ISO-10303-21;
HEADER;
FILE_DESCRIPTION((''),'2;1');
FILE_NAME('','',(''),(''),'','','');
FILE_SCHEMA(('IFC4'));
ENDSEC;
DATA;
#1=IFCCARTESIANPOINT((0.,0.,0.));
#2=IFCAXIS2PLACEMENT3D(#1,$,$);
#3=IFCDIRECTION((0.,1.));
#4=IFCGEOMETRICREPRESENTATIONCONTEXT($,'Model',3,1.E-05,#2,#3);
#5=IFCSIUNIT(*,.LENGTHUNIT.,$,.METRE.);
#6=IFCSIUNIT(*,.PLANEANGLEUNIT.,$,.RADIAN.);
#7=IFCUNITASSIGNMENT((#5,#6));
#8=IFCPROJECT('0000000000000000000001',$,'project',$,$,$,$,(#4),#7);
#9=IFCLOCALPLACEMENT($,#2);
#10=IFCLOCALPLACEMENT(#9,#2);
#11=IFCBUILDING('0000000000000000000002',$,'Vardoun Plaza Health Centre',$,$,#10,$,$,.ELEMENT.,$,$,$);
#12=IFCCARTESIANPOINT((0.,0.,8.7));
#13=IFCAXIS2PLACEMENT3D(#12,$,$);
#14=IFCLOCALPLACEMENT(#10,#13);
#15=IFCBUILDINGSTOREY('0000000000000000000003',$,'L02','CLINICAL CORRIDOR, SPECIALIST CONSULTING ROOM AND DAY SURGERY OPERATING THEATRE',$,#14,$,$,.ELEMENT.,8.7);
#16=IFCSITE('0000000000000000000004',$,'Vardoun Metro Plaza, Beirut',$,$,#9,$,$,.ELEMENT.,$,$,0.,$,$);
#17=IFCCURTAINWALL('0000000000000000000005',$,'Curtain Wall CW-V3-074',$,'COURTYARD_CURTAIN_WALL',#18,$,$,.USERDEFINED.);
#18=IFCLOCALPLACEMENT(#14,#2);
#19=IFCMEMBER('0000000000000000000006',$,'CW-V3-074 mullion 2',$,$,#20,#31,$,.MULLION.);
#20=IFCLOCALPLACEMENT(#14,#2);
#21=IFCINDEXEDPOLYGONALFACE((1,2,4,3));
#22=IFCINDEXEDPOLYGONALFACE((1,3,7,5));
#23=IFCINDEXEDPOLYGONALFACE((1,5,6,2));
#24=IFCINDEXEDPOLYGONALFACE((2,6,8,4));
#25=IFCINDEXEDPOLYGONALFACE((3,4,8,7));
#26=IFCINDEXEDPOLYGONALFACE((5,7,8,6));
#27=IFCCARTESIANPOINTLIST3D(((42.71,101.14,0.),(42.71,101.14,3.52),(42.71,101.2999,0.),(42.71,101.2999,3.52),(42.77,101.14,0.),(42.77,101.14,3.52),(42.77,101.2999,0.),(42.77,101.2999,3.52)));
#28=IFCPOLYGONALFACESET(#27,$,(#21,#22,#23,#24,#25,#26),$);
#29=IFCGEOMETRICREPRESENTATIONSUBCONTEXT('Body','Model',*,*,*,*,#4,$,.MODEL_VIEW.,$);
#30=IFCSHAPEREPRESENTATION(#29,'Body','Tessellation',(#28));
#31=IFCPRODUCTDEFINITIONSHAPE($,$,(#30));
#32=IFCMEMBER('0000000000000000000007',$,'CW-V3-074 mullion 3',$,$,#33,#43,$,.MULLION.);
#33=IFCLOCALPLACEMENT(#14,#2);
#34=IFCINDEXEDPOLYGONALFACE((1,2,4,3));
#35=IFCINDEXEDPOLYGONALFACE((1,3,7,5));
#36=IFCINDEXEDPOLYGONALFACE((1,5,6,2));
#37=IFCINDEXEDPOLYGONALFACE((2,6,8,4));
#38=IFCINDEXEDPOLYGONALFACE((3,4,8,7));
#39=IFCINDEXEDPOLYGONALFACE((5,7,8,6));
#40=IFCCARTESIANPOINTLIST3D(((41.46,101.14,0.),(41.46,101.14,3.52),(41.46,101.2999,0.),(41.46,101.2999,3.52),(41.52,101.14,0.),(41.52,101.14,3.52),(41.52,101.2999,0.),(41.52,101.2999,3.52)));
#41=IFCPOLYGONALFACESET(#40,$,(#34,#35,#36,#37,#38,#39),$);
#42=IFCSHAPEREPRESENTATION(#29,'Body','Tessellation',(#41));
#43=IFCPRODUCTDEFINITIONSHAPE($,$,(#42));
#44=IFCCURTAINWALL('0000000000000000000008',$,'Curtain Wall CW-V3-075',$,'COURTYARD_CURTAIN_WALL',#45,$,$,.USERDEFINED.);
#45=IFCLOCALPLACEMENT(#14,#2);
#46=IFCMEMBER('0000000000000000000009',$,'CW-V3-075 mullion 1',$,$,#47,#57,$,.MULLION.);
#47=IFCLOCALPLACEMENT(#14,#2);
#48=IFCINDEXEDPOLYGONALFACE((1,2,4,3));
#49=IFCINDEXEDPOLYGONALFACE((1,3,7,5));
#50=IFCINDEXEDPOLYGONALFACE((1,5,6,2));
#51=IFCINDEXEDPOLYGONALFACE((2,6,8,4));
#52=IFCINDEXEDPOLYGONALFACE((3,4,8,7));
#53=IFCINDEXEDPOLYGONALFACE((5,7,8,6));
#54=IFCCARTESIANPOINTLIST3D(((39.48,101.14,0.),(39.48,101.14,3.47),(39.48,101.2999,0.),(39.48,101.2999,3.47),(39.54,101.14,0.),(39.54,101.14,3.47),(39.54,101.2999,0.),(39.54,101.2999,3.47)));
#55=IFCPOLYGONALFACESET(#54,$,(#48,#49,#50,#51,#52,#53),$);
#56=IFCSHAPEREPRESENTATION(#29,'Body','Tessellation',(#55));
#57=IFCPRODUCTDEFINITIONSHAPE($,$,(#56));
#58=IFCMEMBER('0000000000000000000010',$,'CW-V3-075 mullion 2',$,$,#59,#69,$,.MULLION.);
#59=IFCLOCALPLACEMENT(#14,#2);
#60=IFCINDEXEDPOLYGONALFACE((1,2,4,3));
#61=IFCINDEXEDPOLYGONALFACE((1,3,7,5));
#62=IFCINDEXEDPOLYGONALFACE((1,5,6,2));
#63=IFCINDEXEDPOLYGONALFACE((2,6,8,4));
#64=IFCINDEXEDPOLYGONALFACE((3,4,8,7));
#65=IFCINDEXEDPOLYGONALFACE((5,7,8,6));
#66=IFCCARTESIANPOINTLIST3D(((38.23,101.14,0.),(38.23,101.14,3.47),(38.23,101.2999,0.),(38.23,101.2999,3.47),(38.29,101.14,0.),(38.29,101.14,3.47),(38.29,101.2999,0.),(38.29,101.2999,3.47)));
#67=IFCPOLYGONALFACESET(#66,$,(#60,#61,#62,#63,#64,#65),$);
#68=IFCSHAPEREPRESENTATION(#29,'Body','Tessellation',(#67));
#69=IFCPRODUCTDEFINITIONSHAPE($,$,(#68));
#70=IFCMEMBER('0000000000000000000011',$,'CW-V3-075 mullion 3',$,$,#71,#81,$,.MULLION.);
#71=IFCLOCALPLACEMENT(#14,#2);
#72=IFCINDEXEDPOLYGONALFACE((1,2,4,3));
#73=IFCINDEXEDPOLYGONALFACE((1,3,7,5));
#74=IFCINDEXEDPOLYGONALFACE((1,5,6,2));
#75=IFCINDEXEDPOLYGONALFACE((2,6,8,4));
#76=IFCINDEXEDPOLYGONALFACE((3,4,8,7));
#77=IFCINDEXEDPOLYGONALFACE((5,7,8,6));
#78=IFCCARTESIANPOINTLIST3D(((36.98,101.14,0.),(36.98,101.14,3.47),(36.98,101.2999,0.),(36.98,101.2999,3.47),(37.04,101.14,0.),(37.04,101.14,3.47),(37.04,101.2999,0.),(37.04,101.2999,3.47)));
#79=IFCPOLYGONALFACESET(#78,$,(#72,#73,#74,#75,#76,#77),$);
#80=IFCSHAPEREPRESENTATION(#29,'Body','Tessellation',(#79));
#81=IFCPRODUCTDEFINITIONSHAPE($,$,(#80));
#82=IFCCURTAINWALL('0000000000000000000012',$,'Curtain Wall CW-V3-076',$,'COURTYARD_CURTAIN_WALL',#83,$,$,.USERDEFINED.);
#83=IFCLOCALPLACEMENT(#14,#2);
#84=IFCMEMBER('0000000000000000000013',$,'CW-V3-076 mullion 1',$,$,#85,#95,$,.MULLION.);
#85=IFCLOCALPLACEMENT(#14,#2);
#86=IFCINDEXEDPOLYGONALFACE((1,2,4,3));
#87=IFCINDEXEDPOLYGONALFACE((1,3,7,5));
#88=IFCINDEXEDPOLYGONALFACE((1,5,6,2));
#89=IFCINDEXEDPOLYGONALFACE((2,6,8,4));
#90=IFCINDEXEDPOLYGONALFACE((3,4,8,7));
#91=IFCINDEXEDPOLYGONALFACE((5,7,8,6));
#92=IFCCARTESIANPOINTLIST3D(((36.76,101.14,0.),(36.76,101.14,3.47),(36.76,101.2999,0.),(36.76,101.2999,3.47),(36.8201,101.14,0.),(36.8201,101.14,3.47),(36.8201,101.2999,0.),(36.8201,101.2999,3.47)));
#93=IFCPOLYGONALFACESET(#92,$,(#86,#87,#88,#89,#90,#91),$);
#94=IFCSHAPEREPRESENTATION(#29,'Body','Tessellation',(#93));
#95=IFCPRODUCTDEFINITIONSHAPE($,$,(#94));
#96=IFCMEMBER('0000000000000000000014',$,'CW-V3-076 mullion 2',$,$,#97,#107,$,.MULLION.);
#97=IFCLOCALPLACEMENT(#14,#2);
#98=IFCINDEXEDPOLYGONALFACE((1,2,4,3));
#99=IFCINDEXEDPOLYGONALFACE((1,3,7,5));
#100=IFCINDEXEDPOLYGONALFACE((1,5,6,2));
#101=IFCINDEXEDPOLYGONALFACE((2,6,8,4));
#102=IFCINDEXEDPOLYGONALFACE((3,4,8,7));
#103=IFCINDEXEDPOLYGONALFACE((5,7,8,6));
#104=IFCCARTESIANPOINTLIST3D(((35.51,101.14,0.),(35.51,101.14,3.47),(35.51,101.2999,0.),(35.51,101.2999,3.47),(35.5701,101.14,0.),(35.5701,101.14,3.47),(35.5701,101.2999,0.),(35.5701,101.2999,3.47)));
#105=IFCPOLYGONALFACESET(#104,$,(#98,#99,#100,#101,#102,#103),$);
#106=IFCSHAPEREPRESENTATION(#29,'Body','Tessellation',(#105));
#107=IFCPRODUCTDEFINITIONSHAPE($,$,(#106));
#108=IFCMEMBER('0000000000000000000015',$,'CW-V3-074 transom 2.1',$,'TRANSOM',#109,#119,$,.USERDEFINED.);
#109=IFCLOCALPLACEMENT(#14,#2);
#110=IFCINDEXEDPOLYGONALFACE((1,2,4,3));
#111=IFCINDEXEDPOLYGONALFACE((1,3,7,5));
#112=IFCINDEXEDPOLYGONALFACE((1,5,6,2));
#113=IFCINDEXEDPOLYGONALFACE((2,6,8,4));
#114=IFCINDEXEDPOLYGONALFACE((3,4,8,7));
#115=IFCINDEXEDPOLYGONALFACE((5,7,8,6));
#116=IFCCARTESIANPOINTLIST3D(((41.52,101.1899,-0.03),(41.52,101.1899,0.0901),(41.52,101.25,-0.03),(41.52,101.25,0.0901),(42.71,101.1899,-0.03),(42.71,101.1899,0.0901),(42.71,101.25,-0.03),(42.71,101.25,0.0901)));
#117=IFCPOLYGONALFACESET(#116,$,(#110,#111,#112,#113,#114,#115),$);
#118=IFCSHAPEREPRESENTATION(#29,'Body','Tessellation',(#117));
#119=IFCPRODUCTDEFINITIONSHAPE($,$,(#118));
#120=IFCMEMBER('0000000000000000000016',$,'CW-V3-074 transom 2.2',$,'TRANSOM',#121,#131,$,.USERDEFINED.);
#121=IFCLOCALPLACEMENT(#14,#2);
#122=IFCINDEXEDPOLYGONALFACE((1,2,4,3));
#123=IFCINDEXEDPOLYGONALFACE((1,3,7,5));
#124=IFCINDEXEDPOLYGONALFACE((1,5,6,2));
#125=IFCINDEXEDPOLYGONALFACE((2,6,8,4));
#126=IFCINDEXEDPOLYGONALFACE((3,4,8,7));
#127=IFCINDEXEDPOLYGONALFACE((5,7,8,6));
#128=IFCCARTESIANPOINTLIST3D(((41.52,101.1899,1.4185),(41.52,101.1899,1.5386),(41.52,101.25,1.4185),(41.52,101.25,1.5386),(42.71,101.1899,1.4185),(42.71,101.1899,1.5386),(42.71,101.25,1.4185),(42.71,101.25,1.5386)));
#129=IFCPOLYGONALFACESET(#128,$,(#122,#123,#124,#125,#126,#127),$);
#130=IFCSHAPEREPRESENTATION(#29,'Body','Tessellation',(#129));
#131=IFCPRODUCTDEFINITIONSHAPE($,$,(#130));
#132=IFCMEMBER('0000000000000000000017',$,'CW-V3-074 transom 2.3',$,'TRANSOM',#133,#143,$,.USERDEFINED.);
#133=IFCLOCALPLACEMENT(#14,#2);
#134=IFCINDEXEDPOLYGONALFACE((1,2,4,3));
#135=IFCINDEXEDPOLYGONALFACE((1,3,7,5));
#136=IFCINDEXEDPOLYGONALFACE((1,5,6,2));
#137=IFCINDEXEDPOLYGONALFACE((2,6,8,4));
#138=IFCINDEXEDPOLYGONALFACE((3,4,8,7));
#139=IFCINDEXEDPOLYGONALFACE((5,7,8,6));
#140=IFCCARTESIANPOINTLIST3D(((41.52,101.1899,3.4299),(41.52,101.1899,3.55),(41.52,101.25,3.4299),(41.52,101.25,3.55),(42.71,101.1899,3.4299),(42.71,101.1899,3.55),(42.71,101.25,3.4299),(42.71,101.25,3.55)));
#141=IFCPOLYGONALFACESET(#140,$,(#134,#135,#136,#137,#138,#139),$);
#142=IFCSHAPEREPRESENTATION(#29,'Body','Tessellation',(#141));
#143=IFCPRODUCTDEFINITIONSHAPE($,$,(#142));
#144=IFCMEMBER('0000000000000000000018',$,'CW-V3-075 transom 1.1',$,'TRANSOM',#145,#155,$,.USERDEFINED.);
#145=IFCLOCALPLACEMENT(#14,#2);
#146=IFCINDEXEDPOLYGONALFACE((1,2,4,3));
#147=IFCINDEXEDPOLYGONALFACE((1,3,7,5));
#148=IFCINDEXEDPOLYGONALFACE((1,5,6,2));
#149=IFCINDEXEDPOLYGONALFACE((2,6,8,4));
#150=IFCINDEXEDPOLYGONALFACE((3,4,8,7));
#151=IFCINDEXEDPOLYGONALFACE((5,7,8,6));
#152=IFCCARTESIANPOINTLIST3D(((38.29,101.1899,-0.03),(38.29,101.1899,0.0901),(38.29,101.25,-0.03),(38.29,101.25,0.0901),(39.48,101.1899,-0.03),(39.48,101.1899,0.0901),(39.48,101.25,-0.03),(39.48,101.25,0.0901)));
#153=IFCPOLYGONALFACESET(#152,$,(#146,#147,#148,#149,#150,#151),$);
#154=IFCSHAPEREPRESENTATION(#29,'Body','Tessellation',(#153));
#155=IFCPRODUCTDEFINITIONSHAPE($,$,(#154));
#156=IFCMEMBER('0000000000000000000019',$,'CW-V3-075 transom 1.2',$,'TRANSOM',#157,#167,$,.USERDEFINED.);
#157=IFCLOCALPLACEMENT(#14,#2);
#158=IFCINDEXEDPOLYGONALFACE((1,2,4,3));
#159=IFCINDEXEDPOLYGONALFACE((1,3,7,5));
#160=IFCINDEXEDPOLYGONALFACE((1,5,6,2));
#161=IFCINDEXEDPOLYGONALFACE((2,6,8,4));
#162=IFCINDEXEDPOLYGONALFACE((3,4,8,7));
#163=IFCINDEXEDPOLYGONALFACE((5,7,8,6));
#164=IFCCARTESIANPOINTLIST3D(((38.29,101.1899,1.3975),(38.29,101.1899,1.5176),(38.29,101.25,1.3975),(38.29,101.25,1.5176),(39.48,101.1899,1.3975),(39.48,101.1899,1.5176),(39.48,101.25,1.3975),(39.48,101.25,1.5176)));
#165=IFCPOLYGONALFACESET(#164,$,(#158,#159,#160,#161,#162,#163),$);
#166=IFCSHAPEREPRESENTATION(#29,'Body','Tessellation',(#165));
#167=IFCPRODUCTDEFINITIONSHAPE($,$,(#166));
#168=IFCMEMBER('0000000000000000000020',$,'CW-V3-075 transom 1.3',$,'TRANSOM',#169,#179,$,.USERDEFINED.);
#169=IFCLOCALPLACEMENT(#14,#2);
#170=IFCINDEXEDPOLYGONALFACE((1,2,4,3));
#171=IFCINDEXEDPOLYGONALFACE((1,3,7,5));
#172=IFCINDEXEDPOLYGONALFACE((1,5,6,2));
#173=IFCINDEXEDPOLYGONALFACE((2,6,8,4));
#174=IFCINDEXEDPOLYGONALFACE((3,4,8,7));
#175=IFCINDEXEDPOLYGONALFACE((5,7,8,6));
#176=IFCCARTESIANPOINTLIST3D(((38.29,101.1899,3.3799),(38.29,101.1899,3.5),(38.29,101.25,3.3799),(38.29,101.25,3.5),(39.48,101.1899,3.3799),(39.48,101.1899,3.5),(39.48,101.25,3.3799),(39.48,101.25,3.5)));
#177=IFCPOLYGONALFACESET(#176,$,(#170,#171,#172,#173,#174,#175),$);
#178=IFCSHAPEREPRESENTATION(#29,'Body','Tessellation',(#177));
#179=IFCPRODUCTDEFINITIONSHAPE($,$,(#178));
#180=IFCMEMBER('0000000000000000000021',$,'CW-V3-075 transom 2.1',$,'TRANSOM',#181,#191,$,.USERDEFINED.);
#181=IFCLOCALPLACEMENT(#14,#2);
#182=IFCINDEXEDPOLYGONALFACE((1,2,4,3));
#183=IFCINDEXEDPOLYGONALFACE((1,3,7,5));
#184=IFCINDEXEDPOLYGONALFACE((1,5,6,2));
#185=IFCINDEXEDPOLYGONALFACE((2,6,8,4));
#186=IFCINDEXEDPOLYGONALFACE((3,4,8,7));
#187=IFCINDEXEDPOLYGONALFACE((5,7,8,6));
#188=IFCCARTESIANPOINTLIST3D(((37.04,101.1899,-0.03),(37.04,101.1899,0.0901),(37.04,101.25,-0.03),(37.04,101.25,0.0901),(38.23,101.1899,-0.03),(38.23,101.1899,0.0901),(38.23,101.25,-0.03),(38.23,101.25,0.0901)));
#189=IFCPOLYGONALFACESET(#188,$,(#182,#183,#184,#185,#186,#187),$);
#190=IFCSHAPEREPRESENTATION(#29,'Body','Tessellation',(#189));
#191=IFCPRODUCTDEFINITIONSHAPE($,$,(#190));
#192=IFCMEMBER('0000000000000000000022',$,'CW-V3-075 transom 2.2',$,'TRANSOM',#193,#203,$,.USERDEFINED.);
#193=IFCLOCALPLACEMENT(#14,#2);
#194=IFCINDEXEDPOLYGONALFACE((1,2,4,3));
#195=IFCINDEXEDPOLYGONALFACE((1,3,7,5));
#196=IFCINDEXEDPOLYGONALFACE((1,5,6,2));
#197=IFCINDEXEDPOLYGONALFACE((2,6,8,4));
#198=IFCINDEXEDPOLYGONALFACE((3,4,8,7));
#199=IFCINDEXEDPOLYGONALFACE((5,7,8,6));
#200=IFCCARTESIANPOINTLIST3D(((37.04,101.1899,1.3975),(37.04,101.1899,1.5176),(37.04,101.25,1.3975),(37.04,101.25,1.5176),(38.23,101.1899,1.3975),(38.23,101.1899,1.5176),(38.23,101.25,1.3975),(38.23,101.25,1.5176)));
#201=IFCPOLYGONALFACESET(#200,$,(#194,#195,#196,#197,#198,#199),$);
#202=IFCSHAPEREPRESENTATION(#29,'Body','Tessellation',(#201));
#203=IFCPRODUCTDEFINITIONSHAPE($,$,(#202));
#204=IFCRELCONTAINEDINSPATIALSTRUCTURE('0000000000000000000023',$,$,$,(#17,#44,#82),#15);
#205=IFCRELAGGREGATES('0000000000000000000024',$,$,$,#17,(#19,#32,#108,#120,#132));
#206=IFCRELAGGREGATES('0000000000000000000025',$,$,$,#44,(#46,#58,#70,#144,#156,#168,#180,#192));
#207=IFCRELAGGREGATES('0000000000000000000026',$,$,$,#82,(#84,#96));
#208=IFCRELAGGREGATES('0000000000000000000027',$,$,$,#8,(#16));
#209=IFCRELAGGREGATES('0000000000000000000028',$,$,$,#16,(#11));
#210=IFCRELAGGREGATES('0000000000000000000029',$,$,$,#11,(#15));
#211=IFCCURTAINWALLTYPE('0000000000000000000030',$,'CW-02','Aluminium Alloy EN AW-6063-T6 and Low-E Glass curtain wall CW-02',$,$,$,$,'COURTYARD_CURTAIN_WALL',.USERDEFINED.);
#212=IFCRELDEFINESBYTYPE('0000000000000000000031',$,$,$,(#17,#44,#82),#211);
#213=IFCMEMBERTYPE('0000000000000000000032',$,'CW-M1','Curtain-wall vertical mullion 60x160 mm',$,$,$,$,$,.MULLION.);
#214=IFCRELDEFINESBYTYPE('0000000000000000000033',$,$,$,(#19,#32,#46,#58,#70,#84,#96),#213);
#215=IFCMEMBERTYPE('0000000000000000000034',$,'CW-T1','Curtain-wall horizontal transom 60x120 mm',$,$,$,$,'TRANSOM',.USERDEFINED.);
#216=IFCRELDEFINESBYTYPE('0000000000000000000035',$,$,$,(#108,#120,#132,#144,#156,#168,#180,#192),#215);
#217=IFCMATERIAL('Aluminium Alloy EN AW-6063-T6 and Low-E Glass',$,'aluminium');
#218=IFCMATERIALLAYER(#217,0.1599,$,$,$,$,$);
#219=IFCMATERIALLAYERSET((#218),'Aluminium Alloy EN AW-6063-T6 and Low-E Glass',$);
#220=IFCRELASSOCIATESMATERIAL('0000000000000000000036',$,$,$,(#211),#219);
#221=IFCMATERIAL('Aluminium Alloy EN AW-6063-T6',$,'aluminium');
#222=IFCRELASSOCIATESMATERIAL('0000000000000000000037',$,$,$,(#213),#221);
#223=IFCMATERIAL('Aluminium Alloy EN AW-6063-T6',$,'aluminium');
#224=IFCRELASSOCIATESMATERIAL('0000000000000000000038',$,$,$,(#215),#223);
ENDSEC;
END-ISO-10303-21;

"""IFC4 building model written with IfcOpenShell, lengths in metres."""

from ifc_helpers import new_model, si_unit, direction, frame, origin, origin_2d, place, context, subcontext, project, spatial, rectangle, extrude, material, layer, layer_set, material_profile, profile_set, type_object, element, aggregate, save


model = new_model("IFC4")

# Units and contexts
model_context = context("Model", 3, precision=1e-05, world=origin(), true_north=direction((0.0, 1.0)))
body_context = subcontext(model_context, "Body", "Model", "MODEL_VIEW")
ifc_project = project(units=[si_unit("LENGTHUNIT", "METRE"), si_unit("PLANEANGLEUNIT", "RADIAN")], contexts=[model_context])

# Site, building, storey
site_placement = place(None, origin())
site = spatial("IfcSite", under=ifc_project, at=site_placement, Name="Vardoun Metro Plaza, Beirut", CompositionType="ELEMENT", RefElevation=0.0)
building_placement = place(site_placement, origin())
building = spatial("IfcBuilding", under=site, at=building_placement, Name="Vardoun Plaza Health Centre", CompositionType="ELEMENT")
storey_placement = place(building_placement, frame((0.0, 0.0, 8.7)))
storey = spatial("IfcBuildingStorey", under=building, at=storey_placement, Name="L02", Description="CLINICAL CORRIDOR, SPECIALIST CONSULTING ROOM AND DAY SURGERY OPERATING THEATRE", CompositionType="ELEMENT", Elevation=8.7)

# Curtain walls, members
ifc_material_1 = material(Name="Aluminium Alloy EN AW-6063-T6 and Low-E Glass", Category="aluminium")
ifc_layer_1 = layer(ifc_material_1, 0.1599)
ifc_layer_set_1 = layer_set([ifc_layer_1], Name="Aluminium Alloy EN AW-6063-T6 and Low-E Glass")
curtain_wall_type = type_object("IfcCurtainWallType", Name="CW-02", Description="Aluminium Alloy EN AW-6063-T6 and Low-E Glass curtain wall CW-02", ElementType="COURTYARD_CURTAIN_WALL", PredefinedType="USERDEFINED", material=ifc_layer_set_1)
curtain_wall_1_placement = place(storey_placement, origin())
curtain_wall_1 = element("IfcCurtainWall", 1, at=curtain_wall_1_placement, inside=storey, type_object=curtain_wall_type, Name="Curtain Wall CW-V3-074", ObjectType="COURTYARD_CURTAIN_WALL", PredefinedType="USERDEFINED")
ifc_material_2 = material(Name="Aluminium Alloy EN AW-6063-T6", Category="aluminium")
ifc_material_profile_1 = material_profile(ifc_material_2, rectangle(XDim=0.1599, YDim=0.0601, at=origin_2d()), Name="CWM 60x160")
ifc_profile_set_1 = profile_set([ifc_material_profile_1], Name="Aluminium Alloy EN AW-6063-T6")
member_type_1 = type_object("IfcMemberType", Name="CW-M1", Description="Curtain-wall vertical mullion 60x160 mm", PredefinedType="MULLION", material=ifc_profile_set_1)
member_1_placement = place(storey_placement, frame((42.74, 101.22, 0.0), z_axis=(0.0, 0.0, 1.0), x_axis=(0.0, -1.0, 0.0)))
member_1 = element("IfcMember", 2, at=member_1_placement, type_object=member_type_1, Name="CW-V3-074 mullion 2", PredefinedType="MULLION", context=body_context, shape_type="SweptSolid", body=[
    extrude(rectangle(XDim=0.1599, YDim=0.0601, at=origin_2d()), origin(), (0.0, 0.0, 1.0), 3.52),
])
member_2_placement = place(storey_placement, frame((41.49, 101.22, 0.0), z_axis=(0.0, 0.0, 1.0), x_axis=(0.0, -1.0, 0.0)))
member_2 = element("IfcMember", 3, at=member_2_placement, type_object=member_type_1, Name="CW-V3-074 mullion 3", PredefinedType="MULLION", context=body_context, shape_type="SweptSolid", body=[
    extrude(rectangle(XDim=0.1599, YDim=0.0601, at=origin_2d()), origin(), (0.0, 0.0, 1.0), 3.52),
])
curtain_wall_2_placement = place(storey_placement, origin())
curtain_wall_2 = element("IfcCurtainWall", 4, at=curtain_wall_2_placement, inside=storey, type_object=curtain_wall_type, Name="Curtain Wall CW-V3-075", ObjectType="COURTYARD_CURTAIN_WALL", PredefinedType="USERDEFINED")
member_3_placement = place(storey_placement, frame((39.51, 101.22, 0.0), z_axis=(0.0, 0.0, 1.0), x_axis=(0.0, -1.0, 0.0)))
member_3 = element("IfcMember", 5, at=member_3_placement, type_object=member_type_1, Name="CW-V3-075 mullion 1", PredefinedType="MULLION", context=body_context, shape_type="SweptSolid", body=[
    extrude(rectangle(XDim=0.1599, YDim=0.0601, at=origin_2d()), origin(), (0.0, 0.0, 1.0), 3.47),
])
member_4_placement = place(storey_placement, frame((38.26, 101.22, 0.0), z_axis=(0.0, 0.0, 1.0), x_axis=(0.0, -1.0, 0.0)))
member_4 = element("IfcMember", 6, at=member_4_placement, type_object=member_type_1, Name="CW-V3-075 mullion 2", PredefinedType="MULLION", context=body_context, shape_type="SweptSolid", body=[
    extrude(rectangle(XDim=0.1599, YDim=0.0601, at=origin_2d()), origin(), (0.0, 0.0, 1.0), 3.47),
])
member_5_placement = place(storey_placement, frame((37.01, 101.22, 0.0), z_axis=(0.0, 0.0, 1.0), x_axis=(0.0, -1.0, 0.0)))
member_5 = element("IfcMember", 7, at=member_5_placement, type_object=member_type_1, Name="CW-V3-075 mullion 3", PredefinedType="MULLION", context=body_context, shape_type="SweptSolid", body=[
    extrude(rectangle(XDim=0.1599, YDim=0.0601, at=origin_2d()), origin(), (0.0, 0.0, 1.0), 3.47),
])
curtain_wall_3_placement = place(storey_placement, origin())
curtain_wall_3 = element("IfcCurtainWall", 8, at=curtain_wall_3_placement, inside=storey, type_object=curtain_wall_type, Name="Curtain Wall CW-V3-076", ObjectType="COURTYARD_CURTAIN_WALL", PredefinedType="USERDEFINED")
member_6_placement = place(storey_placement, frame((36.79, 101.22, 0.0), z_axis=(0.0, 0.0, 1.0), x_axis=(0.0, -1.0, 0.0)))
member_6 = element("IfcMember", 9, at=member_6_placement, type_object=member_type_1, Name="CW-V3-076 mullion 1", PredefinedType="MULLION", context=body_context, shape_type="SweptSolid", body=[
    extrude(rectangle(XDim=0.1599, YDim=0.0601, at=origin_2d()), origin(), (0.0, 0.0, 1.0), 3.47),
])
member_7_placement = place(storey_placement, frame((35.54, 101.22, 0.0), z_axis=(0.0, 0.0, 1.0), x_axis=(0.0, -1.0, 0.0)))
member_7 = element("IfcMember", 10, at=member_7_placement, type_object=member_type_1, Name="CW-V3-076 mullion 2", PredefinedType="MULLION", context=body_context, shape_type="SweptSolid", body=[
    extrude(rectangle(XDim=0.1599, YDim=0.0601, at=origin_2d()), origin(), (0.0, 0.0, 1.0), 3.47),
])

# Members
ifc_material_3 = material(Name="Aluminium Alloy EN AW-6063-T6", Category="aluminium")
ifc_material_profile_2 = material_profile(ifc_material_3, rectangle(XDim=0.0601, YDim=0.1201, at=origin_2d()), Name="CWT 60x120")
ifc_profile_set_2 = profile_set([ifc_material_profile_2], Name="Aluminium Alloy EN AW-6063-T6")
member_type_2 = type_object("IfcMemberType", Name="CW-T1", Description="Curtain-wall horizontal transom 60x120 mm", ElementType="TRANSOM", PredefinedType="USERDEFINED", material=ifc_profile_set_2)
member_8_placement = place(storey_placement, frame((42.71, 101.22, 0.03), z_axis=(-1.0, 0.0, 0.0), x_axis=(0.0, -1.0, 0.0)))
member_8 = element("IfcMember", 11, at=member_8_placement, type_object=member_type_2, Name="CW-V3-074 transom 2.1", ObjectType="TRANSOM", PredefinedType="USERDEFINED", context=body_context, shape_type="SweptSolid", body=[
    extrude(rectangle(XDim=0.0601, YDim=0.1201, at=origin_2d()), origin(), (0.0, 0.0, 1.0), 1.1899),
])
member_9_placement = place(storey_placement, frame((42.71, 101.22, 1.4785), z_axis=(-1.0, 0.0, 0.0), x_axis=(0.0, -1.0, 0.0)))
member_9 = element("IfcMember", 12, at=member_9_placement, type_object=member_type_2, Name="CW-V3-074 transom 2.2", ObjectType="TRANSOM", PredefinedType="USERDEFINED", context=body_context, shape_type="SweptSolid", body=[
    extrude(rectangle(XDim=0.0601, YDim=0.1201, at=origin_2d()), origin(), (0.0, 0.0, 1.0), 1.1899),
])
member_10_placement = place(storey_placement, frame((42.71, 101.22, 3.49), z_axis=(-1.0, 0.0, 0.0), x_axis=(0.0, -1.0, 0.0)))
member_10 = element("IfcMember", 13, at=member_10_placement, type_object=member_type_2, Name="CW-V3-074 transom 2.3", ObjectType="TRANSOM", PredefinedType="USERDEFINED", context=body_context, shape_type="SweptSolid", body=[
    extrude(rectangle(XDim=0.0601, YDim=0.1201, at=origin_2d()), origin(), (0.0, 0.0, 1.0), 1.1899),
])
member_11_placement = place(storey_placement, frame((39.48, 101.22, 0.03), z_axis=(-1.0, 0.0, 0.0), x_axis=(0.0, -1.0, 0.0)))
member_11 = element("IfcMember", 14, at=member_11_placement, type_object=member_type_2, Name="CW-V3-075 transom 1.1", ObjectType="TRANSOM", PredefinedType="USERDEFINED", context=body_context, shape_type="SweptSolid", body=[
    extrude(rectangle(XDim=0.0601, YDim=0.1201, at=origin_2d()), origin(), (0.0, 0.0, 1.0), 1.1899),
])
member_12_placement = place(storey_placement, frame((39.48, 101.22, 1.4575), z_axis=(-1.0, 0.0, 0.0), x_axis=(0.0, -1.0, 0.0)))
member_12 = element("IfcMember", 15, at=member_12_placement, type_object=member_type_2, Name="CW-V3-075 transom 1.2", ObjectType="TRANSOM", PredefinedType="USERDEFINED", context=body_context, shape_type="SweptSolid", body=[
    extrude(rectangle(XDim=0.0601, YDim=0.1201, at=origin_2d()), origin(), (0.0, 0.0, 1.0), 1.1899),
])
member_13_placement = place(storey_placement, frame((39.48, 101.22, 3.4399), z_axis=(-1.0, 0.0, 0.0), x_axis=(0.0, -1.0, 0.0)))
member_13 = element("IfcMember", 16, at=member_13_placement, type_object=member_type_2, Name="CW-V3-075 transom 1.3", ObjectType="TRANSOM", PredefinedType="USERDEFINED", context=body_context, shape_type="SweptSolid", body=[
    extrude(rectangle(XDim=0.0601, YDim=0.1201, at=origin_2d()), origin(), (0.0, 0.0, 1.0), 1.1899),
])
member_14_placement = place(storey_placement, frame((38.23, 101.22, 0.03), z_axis=(-1.0, 0.0, 0.0), x_axis=(0.0, -1.0, 0.0)))
member_14 = element("IfcMember", 17, at=member_14_placement, type_object=member_type_2, Name="CW-V3-075 transom 2.1", ObjectType="TRANSOM", PredefinedType="USERDEFINED", context=body_context, shape_type="SweptSolid", body=[
    extrude(rectangle(XDim=0.0601, YDim=0.1201, at=origin_2d()), origin(), (0.0, 0.0, 1.0), 1.1899),
])
member_15_placement = place(storey_placement, frame((38.23, 101.22, 1.4575), z_axis=(-1.0, 0.0, 0.0), x_axis=(0.0, -1.0, 0.0)))
member_15 = element("IfcMember", 18, at=member_15_placement, type_object=member_type_2, Name="CW-V3-075 transom 2.2", ObjectType="TRANSOM", PredefinedType="USERDEFINED", context=body_context, shape_type="SweptSolid", body=[
    extrude(rectangle(XDim=0.0601, YDim=0.1201, at=origin_2d()), origin(), (0.0, 0.0, 1.0), 1.1899),
])

aggregate(curtain_wall_1, [member_1, member_2, member_8, member_9, member_10])
aggregate(curtain_wall_2, [member_3, member_4, member_5, member_11, member_12, member_13, member_14, member_15])
aggregate(curtain_wall_3, [member_6, member_7])

save(model, "model.ifc")
